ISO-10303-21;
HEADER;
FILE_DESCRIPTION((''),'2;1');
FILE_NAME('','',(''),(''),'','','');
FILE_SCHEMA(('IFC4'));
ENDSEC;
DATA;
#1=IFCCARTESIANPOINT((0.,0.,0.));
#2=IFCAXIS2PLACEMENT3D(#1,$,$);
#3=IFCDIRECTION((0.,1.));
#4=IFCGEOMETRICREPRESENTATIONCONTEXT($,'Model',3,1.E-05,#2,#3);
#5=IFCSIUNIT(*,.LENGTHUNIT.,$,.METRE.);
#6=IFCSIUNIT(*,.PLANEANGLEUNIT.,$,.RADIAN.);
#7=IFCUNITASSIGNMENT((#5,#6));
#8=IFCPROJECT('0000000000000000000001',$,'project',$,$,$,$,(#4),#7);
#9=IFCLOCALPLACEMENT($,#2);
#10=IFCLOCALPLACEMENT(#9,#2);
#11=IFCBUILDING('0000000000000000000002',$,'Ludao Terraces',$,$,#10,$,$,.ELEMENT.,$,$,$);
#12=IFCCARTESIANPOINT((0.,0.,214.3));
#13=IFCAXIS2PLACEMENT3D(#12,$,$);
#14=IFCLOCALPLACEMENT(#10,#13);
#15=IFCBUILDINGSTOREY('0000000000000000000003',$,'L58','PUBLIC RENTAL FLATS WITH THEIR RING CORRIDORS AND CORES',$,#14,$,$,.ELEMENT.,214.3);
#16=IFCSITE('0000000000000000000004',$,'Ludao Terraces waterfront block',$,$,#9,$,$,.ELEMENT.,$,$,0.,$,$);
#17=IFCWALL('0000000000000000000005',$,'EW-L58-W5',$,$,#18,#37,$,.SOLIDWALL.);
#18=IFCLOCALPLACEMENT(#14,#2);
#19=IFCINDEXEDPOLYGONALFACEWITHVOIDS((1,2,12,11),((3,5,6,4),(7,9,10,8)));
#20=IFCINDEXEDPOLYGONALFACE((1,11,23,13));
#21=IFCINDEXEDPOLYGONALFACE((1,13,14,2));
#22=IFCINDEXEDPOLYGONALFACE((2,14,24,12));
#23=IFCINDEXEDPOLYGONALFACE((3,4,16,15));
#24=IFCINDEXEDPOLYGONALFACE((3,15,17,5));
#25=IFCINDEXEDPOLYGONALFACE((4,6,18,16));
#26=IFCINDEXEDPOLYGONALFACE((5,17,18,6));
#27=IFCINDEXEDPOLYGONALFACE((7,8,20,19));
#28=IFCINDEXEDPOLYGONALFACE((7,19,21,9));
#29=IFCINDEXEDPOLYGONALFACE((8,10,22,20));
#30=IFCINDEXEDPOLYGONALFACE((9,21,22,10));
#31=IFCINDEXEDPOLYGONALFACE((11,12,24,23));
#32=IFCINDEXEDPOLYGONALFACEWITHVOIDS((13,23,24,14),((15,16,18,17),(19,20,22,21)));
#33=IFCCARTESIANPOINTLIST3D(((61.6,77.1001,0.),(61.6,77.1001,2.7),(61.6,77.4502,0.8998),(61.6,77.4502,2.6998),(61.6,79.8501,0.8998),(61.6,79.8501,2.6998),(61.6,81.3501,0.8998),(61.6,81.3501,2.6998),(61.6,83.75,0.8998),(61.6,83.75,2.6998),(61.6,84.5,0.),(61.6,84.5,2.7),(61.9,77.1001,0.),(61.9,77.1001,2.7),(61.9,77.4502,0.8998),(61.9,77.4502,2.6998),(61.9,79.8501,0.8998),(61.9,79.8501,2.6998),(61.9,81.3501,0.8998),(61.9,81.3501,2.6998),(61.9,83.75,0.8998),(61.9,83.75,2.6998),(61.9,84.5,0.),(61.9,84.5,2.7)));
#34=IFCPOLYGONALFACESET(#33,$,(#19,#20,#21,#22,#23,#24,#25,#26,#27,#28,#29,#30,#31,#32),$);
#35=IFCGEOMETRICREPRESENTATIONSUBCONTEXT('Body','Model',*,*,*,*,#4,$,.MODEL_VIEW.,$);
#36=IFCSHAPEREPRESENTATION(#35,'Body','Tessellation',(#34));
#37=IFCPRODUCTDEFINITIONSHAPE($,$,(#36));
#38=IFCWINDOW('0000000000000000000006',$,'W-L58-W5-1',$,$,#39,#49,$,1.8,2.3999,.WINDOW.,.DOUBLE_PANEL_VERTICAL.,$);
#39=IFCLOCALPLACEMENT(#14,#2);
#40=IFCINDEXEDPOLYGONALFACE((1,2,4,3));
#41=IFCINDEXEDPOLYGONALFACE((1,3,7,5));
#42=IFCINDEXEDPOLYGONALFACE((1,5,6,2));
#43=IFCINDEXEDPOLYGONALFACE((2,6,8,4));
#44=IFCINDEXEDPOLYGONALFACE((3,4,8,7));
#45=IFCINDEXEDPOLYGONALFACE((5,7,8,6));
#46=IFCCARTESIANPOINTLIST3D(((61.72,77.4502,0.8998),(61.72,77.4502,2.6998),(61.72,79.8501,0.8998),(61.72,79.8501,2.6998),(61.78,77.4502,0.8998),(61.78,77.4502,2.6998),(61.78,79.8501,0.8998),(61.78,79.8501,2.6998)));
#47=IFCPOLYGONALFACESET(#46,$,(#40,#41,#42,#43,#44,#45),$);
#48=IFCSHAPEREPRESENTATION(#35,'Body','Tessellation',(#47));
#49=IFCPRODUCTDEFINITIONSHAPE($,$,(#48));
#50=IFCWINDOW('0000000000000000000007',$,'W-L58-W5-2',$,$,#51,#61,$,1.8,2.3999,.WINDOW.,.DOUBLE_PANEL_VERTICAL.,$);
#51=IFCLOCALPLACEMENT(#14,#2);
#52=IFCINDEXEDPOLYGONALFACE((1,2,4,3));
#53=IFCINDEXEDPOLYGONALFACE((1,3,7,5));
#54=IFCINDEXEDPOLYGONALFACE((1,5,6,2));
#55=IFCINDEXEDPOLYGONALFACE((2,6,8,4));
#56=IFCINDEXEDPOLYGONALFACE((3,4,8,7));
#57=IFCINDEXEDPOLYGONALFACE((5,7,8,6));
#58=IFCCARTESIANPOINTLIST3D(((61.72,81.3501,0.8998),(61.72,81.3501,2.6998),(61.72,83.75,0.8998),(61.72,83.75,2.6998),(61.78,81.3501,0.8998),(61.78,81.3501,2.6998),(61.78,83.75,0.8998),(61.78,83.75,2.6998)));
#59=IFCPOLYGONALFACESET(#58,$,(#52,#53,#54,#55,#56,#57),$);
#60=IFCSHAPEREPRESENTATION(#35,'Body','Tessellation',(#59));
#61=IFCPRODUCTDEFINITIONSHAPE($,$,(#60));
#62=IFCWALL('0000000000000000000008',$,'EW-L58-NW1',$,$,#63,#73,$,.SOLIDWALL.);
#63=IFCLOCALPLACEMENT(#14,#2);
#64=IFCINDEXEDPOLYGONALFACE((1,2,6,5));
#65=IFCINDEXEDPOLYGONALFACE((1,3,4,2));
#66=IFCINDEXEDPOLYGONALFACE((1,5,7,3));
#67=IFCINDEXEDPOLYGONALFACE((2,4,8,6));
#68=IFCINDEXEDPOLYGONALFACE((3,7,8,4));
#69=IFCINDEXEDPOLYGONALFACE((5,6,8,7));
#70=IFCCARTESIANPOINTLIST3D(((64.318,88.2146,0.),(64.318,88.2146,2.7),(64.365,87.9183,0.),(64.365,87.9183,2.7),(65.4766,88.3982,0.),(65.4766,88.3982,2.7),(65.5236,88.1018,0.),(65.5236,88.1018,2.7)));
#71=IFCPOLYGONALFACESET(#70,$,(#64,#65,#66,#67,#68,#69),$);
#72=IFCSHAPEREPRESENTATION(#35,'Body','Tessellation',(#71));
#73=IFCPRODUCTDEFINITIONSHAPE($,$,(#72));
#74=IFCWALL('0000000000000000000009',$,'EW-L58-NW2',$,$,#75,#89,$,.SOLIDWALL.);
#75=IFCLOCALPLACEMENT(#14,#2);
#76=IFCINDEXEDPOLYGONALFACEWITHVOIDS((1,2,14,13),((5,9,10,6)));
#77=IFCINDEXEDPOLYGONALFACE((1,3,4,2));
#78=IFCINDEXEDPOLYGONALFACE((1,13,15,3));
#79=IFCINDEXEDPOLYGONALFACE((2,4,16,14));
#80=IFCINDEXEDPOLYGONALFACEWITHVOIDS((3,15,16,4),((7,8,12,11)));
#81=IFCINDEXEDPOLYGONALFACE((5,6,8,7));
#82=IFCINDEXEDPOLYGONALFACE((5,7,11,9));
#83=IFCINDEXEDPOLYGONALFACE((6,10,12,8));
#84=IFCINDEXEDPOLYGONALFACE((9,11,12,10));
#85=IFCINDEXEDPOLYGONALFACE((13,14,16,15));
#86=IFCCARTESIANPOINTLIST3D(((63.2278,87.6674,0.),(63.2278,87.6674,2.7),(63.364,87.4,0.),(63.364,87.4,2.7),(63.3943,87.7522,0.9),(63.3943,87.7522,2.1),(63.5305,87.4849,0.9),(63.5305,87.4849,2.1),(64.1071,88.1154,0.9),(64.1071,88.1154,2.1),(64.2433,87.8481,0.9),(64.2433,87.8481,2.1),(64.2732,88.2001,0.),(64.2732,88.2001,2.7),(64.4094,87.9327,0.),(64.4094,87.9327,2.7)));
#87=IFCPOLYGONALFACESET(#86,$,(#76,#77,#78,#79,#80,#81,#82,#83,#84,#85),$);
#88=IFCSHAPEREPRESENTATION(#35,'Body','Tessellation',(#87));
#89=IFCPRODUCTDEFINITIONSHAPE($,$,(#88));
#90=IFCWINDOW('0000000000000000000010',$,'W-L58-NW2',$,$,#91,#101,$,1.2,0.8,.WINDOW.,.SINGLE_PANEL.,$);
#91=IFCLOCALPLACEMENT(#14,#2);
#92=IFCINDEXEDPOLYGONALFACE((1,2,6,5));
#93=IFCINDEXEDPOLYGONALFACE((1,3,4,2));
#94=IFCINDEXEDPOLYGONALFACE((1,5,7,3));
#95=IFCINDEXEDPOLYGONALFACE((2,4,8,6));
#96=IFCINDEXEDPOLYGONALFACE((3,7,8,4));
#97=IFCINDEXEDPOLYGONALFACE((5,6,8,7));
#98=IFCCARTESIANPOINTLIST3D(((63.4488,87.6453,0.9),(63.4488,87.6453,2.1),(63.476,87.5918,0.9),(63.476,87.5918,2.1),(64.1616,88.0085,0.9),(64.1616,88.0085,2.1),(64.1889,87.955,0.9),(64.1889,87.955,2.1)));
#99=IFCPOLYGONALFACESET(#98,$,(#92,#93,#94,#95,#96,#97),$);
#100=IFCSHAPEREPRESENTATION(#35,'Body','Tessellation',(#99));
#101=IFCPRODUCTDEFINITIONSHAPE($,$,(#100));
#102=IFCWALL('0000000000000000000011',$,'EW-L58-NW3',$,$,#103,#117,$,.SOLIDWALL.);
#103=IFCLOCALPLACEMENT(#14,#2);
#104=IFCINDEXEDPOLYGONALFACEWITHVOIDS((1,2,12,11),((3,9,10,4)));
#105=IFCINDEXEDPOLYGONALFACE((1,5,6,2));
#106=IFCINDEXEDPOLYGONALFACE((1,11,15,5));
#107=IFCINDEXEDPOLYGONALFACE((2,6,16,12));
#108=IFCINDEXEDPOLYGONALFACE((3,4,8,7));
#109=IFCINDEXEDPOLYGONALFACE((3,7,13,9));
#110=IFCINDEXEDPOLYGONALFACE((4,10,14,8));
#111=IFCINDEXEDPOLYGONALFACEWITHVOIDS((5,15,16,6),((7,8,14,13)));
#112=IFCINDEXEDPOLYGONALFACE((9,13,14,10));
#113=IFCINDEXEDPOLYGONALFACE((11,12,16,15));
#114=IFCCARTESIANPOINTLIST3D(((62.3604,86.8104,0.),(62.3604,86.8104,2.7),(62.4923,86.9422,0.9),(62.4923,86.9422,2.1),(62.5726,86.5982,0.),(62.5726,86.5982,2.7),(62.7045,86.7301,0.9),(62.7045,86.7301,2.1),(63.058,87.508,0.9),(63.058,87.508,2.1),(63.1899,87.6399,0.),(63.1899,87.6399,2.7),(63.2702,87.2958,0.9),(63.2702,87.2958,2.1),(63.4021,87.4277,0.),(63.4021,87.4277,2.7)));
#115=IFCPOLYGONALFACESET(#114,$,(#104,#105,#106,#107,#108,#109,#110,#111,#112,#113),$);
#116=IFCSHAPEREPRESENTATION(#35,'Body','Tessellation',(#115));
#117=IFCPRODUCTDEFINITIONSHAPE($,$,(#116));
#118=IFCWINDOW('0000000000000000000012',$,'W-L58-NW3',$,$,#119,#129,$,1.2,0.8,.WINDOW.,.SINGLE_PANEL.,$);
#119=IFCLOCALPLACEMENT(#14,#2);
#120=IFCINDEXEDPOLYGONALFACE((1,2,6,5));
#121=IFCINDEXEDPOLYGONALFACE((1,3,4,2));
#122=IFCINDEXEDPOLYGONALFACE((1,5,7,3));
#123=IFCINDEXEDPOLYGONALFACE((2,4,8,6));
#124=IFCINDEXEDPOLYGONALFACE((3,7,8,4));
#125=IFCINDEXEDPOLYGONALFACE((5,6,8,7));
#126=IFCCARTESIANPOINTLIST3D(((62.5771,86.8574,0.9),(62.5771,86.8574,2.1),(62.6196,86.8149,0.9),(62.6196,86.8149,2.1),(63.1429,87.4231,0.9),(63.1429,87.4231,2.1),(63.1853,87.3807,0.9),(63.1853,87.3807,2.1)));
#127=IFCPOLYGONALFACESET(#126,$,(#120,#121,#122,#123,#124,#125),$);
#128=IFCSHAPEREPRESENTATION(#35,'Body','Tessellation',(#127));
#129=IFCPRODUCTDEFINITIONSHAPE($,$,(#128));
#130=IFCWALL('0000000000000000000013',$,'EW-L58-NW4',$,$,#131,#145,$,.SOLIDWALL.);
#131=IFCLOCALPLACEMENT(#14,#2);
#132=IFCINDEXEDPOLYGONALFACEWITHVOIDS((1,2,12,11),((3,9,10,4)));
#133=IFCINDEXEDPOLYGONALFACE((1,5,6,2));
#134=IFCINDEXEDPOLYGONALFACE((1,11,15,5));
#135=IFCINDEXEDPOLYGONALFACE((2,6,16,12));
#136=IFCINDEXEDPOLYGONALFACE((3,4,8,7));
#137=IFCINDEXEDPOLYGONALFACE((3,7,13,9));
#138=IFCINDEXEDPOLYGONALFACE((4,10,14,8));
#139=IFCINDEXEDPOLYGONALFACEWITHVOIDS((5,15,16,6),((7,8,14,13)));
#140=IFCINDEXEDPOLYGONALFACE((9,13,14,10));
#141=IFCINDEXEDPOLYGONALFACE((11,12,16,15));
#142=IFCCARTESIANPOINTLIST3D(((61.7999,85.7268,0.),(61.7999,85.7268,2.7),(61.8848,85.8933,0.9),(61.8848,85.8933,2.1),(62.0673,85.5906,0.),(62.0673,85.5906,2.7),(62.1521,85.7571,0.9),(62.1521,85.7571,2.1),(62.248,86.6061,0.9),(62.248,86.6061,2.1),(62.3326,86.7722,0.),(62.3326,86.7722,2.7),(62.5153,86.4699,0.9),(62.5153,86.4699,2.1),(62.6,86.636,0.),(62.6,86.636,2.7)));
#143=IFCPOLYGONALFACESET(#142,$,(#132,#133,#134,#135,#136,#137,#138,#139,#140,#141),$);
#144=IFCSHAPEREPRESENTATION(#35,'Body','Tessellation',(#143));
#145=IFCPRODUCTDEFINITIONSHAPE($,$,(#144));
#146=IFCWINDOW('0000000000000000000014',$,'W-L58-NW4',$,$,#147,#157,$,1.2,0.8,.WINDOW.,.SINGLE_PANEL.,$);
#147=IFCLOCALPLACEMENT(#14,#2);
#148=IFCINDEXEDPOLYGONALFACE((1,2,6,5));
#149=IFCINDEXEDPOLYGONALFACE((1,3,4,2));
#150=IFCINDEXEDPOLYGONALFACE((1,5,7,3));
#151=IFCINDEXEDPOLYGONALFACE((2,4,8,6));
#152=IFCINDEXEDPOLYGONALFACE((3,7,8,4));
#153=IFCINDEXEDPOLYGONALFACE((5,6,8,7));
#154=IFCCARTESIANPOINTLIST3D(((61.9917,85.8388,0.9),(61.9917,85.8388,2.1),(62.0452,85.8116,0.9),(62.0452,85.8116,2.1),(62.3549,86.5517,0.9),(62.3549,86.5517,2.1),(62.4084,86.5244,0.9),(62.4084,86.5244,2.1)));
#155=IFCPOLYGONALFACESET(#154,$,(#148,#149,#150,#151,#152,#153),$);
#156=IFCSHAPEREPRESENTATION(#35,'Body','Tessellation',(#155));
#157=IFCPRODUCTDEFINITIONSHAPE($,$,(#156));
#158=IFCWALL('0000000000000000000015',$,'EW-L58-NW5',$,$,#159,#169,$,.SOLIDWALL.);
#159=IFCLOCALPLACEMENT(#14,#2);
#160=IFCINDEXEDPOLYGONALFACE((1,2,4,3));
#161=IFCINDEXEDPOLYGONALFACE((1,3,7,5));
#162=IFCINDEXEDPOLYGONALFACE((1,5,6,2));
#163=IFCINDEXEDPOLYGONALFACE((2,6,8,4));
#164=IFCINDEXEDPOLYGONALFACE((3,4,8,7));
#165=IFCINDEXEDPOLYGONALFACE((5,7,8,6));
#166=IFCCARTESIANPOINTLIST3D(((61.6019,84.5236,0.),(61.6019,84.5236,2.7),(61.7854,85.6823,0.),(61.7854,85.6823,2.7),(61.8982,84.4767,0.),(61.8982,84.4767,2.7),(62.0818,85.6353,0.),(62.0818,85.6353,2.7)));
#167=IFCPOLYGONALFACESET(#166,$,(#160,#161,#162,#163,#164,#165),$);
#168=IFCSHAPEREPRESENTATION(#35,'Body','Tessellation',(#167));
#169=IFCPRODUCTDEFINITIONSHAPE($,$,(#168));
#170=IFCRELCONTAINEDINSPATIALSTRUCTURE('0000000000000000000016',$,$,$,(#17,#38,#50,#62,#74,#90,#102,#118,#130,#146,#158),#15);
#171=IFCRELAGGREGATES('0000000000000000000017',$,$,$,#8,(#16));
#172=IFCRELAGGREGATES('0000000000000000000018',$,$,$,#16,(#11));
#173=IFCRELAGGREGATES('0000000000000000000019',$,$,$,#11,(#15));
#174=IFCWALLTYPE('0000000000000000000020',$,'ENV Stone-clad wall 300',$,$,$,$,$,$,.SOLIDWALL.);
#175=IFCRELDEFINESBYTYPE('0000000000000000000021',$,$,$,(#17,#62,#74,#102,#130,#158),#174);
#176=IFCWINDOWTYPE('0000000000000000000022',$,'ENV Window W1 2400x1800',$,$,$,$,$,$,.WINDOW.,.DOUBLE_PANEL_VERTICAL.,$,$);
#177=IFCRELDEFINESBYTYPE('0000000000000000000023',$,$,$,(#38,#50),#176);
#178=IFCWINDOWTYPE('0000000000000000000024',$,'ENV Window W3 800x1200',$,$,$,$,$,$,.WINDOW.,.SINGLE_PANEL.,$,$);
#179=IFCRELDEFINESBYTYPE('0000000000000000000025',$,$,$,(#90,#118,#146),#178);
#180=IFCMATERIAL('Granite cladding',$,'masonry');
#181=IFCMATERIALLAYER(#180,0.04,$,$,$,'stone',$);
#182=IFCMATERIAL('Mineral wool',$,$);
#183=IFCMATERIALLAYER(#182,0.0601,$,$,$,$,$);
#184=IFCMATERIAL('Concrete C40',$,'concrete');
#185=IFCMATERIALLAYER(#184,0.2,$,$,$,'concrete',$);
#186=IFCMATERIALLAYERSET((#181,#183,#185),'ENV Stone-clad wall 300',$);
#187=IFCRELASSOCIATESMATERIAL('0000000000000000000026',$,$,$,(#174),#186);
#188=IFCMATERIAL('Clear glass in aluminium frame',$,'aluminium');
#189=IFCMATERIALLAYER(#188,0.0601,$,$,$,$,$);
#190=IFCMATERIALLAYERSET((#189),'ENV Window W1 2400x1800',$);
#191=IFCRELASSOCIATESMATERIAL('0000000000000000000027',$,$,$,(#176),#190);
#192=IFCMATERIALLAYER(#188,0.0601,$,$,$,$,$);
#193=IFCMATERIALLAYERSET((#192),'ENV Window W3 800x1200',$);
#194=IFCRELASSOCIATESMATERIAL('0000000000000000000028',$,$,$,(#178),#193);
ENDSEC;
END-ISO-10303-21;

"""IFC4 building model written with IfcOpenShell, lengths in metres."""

from ifc_helpers import new_model, si_unit, direction, frame, frame_2d, origin, place, context, subcontext, project, spatial, rectangle, extrude, material, layer, layer_set, type_object, element, fill, save


model = new_model("IFC4")

# Units and contexts
model_context = context("Model", 3, precision=1e-05, world=origin(), true_north=direction((0.0, 1.0)))
body_context = subcontext(model_context, "Body", "Model", "MODEL_VIEW")
ifc_project = project(units=[si_unit("LENGTHUNIT", "METRE"), si_unit("PLANEANGLEUNIT", "RADIAN")], contexts=[model_context])

# Site, building, storey
site_placement = place(None, origin())
site = spatial("IfcSite", under=ifc_project, at=site_placement, Name="Ludao Terraces waterfront block", CompositionType="ELEMENT", RefElevation=0.0)
building_placement = place(site_placement, origin())
building = spatial("IfcBuilding", under=site, at=building_placement, Name="Ludao Terraces", CompositionType="ELEMENT")
storey_placement = place(building_placement, frame((0.0, 0.0, 214.3)))
storey = spatial("IfcBuildingStorey", under=building, at=storey_placement, Name="L58", Description="PUBLIC RENTAL FLATS WITH THEIR RING CORRIDORS AND CORES", CompositionType="ELEMENT", Elevation=214.3)

# Shared definitions
ifc_material_1 = material(Name="Concrete C40", Category="concrete")

# Wall, openings, windows
ifc_material_2 = material(Name="Granite cladding", Category="masonry")
ifc_layer_1 = layer(ifc_material_2, 0.04, Category="stone")
ifc_material_3 = material(Name="Mineral wool")
ifc_layer_2 = layer(ifc_material_3, 0.0601)
ifc_layer_3 = layer(ifc_material_1, 0.2, Category="concrete")
ifc_layer_set_1 = layer_set([ifc_layer_1, ifc_layer_2, ifc_layer_3], Name="ENV Stone-clad wall 300")
wall_type_1 = type_object("IfcWallType", Name="ENV Stone-clad wall 300", PredefinedType="SOLIDWALL", material=ifc_layer_set_1)
ifc_material_4 = material(Name="Clear glass in aluminium frame", Category="aluminium")
ifc_layer_4 = layer(ifc_material_4, 0.0601)
ifc_layer_set_2 = layer_set([ifc_layer_4], Name="ENV Window W1 2400x1800")
window_type_1 = type_object("IfcWindowType", Name="ENV Window W1 2400x1800", PartitioningType="DOUBLE_PANEL_VERTICAL", PredefinedType="WINDOW", material=ifc_layer_set_2)
wall_1_placement = place(storey_placement, frame((61.75, 77.1001, 0.0), z_axis=(0.0, 0.0, 1.0), x_axis=(0.0, 1.0, 0.0)))
wall_1 = element("IfcWall", 1, at=wall_1_placement, inside=storey, type_object=wall_type_1, Name="EW-L58-W5", PredefinedType="SOLIDWALL", context=body_context, shape_type="SweptSolid", body=[
    extrude(rectangle(XDim=7.3999, YDim=0.3, at=frame_2d((3.7, 0.0))), origin(), (0.0, 0.0, 1.0), 2.7),
])
opening_1_placement = place(wall_1_placement, frame((0.3501, 0.0, 0.8999)))
opening_1 = element("IfcOpeningElement", 2, at=opening_1_placement, cuts=wall_1, PredefinedType="OPENING", context=body_context, shape_type="SweptSolid", body=[
    extrude(rectangle(XDim=2.3999, YDim=1.8, at=frame_2d((1.2, 0.8999))), frame((0.0, 0.1602, 0.0), z_axis=(0.0, -1.0, 0.0), x_axis=(1.0, 0.0, 0.0)), (0.0, 0.0, 1.0), 0.3201),
])
opening_2_placement = place(wall_1_placement, frame((4.25, 0.0, 0.8999)))
opening_2 = element("IfcOpeningElement", 3, at=opening_2_placement, cuts=wall_1, PredefinedType="OPENING", context=body_context, shape_type="SweptSolid", body=[
    extrude(rectangle(XDim=2.3999, YDim=1.8, at=frame_2d((1.2, 0.8999))), frame((0.0, 0.1602, 0.0), z_axis=(0.0, -1.0, 0.0), x_axis=(1.0, 0.0, 0.0)), (0.0, 0.0, 1.0), 0.3201),
])
window_1_placement = place(opening_1_placement, origin())
window_1 = element("IfcWindow", 4, at=window_1_placement, inside=storey, type_object=window_type_1, Name="W-L58-W5-1", OverallHeight=1.8, OverallWidth=2.3999, PartitioningType="DOUBLE_PANEL_VERTICAL", PredefinedType="WINDOW", context=body_context, shape_type="SweptSolid", body=[
    extrude(rectangle(XDim=2.3999, YDim=1.8, at=frame_2d((1.2, 0.8999))), frame((0.0, 0.03, 0.0), z_axis=(0.0, -1.0, 0.0), x_axis=(1.0, 0.0, 0.0)), (0.0, 0.0, 1.0), 0.0601),
])
fill(opening_1, window_1)
window_2_placement = place(opening_2_placement, origin())
window_2 = element("IfcWindow", 5, at=window_2_placement, inside=storey, type_object=window_type_1, Name="W-L58-W5-2", OverallHeight=1.8, OverallWidth=2.3999, PartitioningType="DOUBLE_PANEL_VERTICAL", PredefinedType="WINDOW", context=body_context, shape_type="SweptSolid", body=[
    extrude(rectangle(XDim=2.3999, YDim=1.8, at=frame_2d((1.2, 0.8999))), frame((0.0, 0.03, 0.0), z_axis=(0.0, -1.0, 0.0), x_axis=(1.0, 0.0, 0.0)), (0.0, 0.0, 1.0), 0.0601),
])
fill(opening_2, window_2)

# Wall
wall_2_placement = place(storey_placement, frame((65.5, 88.25, 0.0), z_axis=(0.0, 0.0, 1.0), x_axis=(-0.987678, -0.156497, 0.0)))
element("IfcWall", 6, at=wall_2_placement, inside=storey, type_object=wall_type_1, Name="EW-L58-NW1", PredefinedType="SOLIDWALL", context=body_context, shape_type="SweptSolid", body=[
    extrude(rectangle(XDim=1.1731, YDim=0.3, at=frame_2d((0.5864, 0.0))), origin(), (0.0, 0.0, 1.0), 2.7),
])

# Walls, openings, windows
wall_3_placement = place(storey_placement, frame((64.3413, 88.0664, 0.0), z_axis=(0.0, 0.0, 1.0), x_axis=(-0.890989, -0.454026, 0.0)))
wall_3 = element("IfcWall", 7, at=wall_3_placement, inside=storey, type_object=wall_type_1, Name="EW-L58-NW2", PredefinedType="SOLIDWALL", context=body_context, shape_type="SweptSolid", body=[
    extrude(rectangle(XDim=1.1733, YDim=0.3, at=frame_2d((0.5867, 0.0))), origin(), (0.0, 0.0, 1.0), 2.7),
])
opening_3_placement = place(wall_3_placement, frame((0.1865, 0.0, 0.8999)))
opening_3 = element("IfcOpeningElement", 8, at=opening_3_placement, cuts=wall_3, PredefinedType="OPENING", context=body_context, shape_type="SweptSolid", body=[
    extrude(rectangle(XDim=0.8, YDim=1.2, at=frame_2d((0.3999, 0.6001))), frame((0.0, 0.1602, 0.0), z_axis=(0.0, -1.0, 0.0), x_axis=(1.0, 0.0, 0.0)), (0.0, 0.0, 1.0), 0.3201),
])
ifc_layer_5 = layer(ifc_material_4, 0.0601)
ifc_layer_set_3 = layer_set([ifc_layer_5], Name="ENV Window W3 800x1200")
window_type_2 = type_object("IfcWindowType", Name="ENV Window W3 800x1200", PartitioningType="SINGLE_PANEL", PredefinedType="WINDOW", material=ifc_layer_set_3)
window_3_placement = place(opening_3_placement, origin())
window_3 = element("IfcWindow", 9, at=window_3_placement, inside=storey, type_object=window_type_2, Name="W-L58-NW2", OverallHeight=1.2, OverallWidth=0.8, PartitioningType="SINGLE_PANEL", PredefinedType="WINDOW", context=body_context, shape_type="SweptSolid", body=[
    extrude(rectangle(XDim=0.8, YDim=1.2, at=frame_2d((0.3999, 0.6001))), frame((0.0, 0.03, 0.0), z_axis=(0.0, -1.0, 0.0), x_axis=(1.0, 0.0, 0.0)), (0.0, 0.0, 1.0), 0.0601),
])
fill(opening_3, window_3)
wall_4_placement = place(storey_placement, frame((63.2959, 87.5337, 0.0), z_axis=(0.0, 0.0, 1.0), x_axis=(-0.707107, -0.707107, 0.0)))
wall_4 = element("IfcWall", 10, at=wall_4_placement, inside=storey, type_object=wall_type_1, Name="EW-L58-NW3", PredefinedType="SOLIDWALL", context=body_context, shape_type="SweptSolid", body=[
    extrude(rectangle(XDim=1.1731, YDim=0.3, at=frame_2d((0.5864, 0.0))), origin(), (0.0, 0.0, 1.0), 2.7),
])
opening_4_placement = place(wall_4_placement, frame((0.1865, 0.0, 0.8999)))
opening_4 = element("IfcOpeningElement", 11, at=opening_4_placement, cuts=wall_4, PredefinedType="OPENING", context=body_context, shape_type="SweptSolid", body=[
    extrude(rectangle(XDim=0.8, YDim=1.2, at=frame_2d((0.3999, 0.6001))), frame((0.0, 0.1602, 0.0), z_axis=(0.0, -1.0, 0.0), x_axis=(1.0, 0.0, 0.0)), (0.0, 0.0, 1.0), 0.3201),
])
window_4_placement = place(opening_4_placement, origin())
window_4 = element("IfcWindow", 12, at=window_4_placement, inside=storey, type_object=window_type_2, Name="W-L58-NW3", OverallHeight=1.2, OverallWidth=0.8, PartitioningType="SINGLE_PANEL", PredefinedType="WINDOW", context=body_context, shape_type="SweptSolid", body=[
    extrude(rectangle(XDim=0.8, YDim=1.2, at=frame_2d((0.3999, 0.6001))), frame((0.0, 0.03, 0.0), z_axis=(0.0, -1.0, 0.0), x_axis=(1.0, 0.0, 0.0)), (0.0, 0.0, 1.0), 0.0601),
])
fill(opening_4, window_4)
wall_5_placement = place(storey_placement, frame((62.4663, 86.7041, 0.0), z_axis=(0.0, 0.0, 1.0), x_axis=(-0.454026, -0.890989, 0.0)))
wall_5 = element("IfcWall", 13, at=wall_5_placement, inside=storey, type_object=wall_type_1, Name="EW-L58-NW4", PredefinedType="SOLIDWALL", context=body_context, shape_type="SweptSolid", body=[
    extrude(rectangle(XDim=1.1733, YDim=0.3, at=frame_2d((0.5867, 0.0))), origin(), (0.0, 0.0, 1.0), 2.7),
])
opening_5_placement = place(wall_5_placement, frame((0.1865, 0.0, 0.8999)))
opening_5 = element("IfcOpeningElement", 14, at=opening_5_placement, cuts=wall_5, PredefinedType="OPENING", context=body_context, shape_type="SweptSolid", body=[
    extrude(rectangle(XDim=0.8, YDim=1.2, at=frame_2d((0.3999, 0.6001))), frame((0.0, 0.1602, 0.0), z_axis=(0.0, -1.0, 0.0), x_axis=(1.0, 0.0, 0.0)), (0.0, 0.0, 1.0), 0.3201),
])
window_5_placement = place(opening_5_placement, origin())
window_5 = element("IfcWindow", 15, at=window_5_placement, inside=storey, type_object=window_type_2, Name="W-L58-NW4", OverallHeight=1.2, OverallWidth=0.8, PartitioningType="SINGLE_PANEL", PredefinedType="WINDOW", context=body_context, shape_type="SweptSolid", body=[
    extrude(rectangle(XDim=0.8, YDim=1.2, at=frame_2d((0.3999, 0.6001))), frame((0.0, 0.03, 0.0), z_axis=(0.0, -1.0, 0.0), x_axis=(1.0, 0.0, 0.0)), (0.0, 0.0, 1.0), 0.0601),
])
fill(opening_5, window_5)

# Wall
wall_6_placement = place(storey_placement, frame((61.9336, 85.6587, 0.0), z_axis=(0.0, 0.0, 1.0), x_axis=(-0.156497, -0.987678, 0.0)))
element("IfcWall", 16, at=wall_6_placement, inside=storey, type_object=wall_type_1, Name="EW-L58-NW5", PredefinedType="SOLIDWALL", context=body_context, shape_type="SweptSolid", body=[
    extrude(rectangle(XDim=1.1731, YDim=0.3, at=frame_2d((0.5864, 0.0))), origin(), (0.0, 0.0, 1.0), 2.7),
])

save(model, "model.ifc")
